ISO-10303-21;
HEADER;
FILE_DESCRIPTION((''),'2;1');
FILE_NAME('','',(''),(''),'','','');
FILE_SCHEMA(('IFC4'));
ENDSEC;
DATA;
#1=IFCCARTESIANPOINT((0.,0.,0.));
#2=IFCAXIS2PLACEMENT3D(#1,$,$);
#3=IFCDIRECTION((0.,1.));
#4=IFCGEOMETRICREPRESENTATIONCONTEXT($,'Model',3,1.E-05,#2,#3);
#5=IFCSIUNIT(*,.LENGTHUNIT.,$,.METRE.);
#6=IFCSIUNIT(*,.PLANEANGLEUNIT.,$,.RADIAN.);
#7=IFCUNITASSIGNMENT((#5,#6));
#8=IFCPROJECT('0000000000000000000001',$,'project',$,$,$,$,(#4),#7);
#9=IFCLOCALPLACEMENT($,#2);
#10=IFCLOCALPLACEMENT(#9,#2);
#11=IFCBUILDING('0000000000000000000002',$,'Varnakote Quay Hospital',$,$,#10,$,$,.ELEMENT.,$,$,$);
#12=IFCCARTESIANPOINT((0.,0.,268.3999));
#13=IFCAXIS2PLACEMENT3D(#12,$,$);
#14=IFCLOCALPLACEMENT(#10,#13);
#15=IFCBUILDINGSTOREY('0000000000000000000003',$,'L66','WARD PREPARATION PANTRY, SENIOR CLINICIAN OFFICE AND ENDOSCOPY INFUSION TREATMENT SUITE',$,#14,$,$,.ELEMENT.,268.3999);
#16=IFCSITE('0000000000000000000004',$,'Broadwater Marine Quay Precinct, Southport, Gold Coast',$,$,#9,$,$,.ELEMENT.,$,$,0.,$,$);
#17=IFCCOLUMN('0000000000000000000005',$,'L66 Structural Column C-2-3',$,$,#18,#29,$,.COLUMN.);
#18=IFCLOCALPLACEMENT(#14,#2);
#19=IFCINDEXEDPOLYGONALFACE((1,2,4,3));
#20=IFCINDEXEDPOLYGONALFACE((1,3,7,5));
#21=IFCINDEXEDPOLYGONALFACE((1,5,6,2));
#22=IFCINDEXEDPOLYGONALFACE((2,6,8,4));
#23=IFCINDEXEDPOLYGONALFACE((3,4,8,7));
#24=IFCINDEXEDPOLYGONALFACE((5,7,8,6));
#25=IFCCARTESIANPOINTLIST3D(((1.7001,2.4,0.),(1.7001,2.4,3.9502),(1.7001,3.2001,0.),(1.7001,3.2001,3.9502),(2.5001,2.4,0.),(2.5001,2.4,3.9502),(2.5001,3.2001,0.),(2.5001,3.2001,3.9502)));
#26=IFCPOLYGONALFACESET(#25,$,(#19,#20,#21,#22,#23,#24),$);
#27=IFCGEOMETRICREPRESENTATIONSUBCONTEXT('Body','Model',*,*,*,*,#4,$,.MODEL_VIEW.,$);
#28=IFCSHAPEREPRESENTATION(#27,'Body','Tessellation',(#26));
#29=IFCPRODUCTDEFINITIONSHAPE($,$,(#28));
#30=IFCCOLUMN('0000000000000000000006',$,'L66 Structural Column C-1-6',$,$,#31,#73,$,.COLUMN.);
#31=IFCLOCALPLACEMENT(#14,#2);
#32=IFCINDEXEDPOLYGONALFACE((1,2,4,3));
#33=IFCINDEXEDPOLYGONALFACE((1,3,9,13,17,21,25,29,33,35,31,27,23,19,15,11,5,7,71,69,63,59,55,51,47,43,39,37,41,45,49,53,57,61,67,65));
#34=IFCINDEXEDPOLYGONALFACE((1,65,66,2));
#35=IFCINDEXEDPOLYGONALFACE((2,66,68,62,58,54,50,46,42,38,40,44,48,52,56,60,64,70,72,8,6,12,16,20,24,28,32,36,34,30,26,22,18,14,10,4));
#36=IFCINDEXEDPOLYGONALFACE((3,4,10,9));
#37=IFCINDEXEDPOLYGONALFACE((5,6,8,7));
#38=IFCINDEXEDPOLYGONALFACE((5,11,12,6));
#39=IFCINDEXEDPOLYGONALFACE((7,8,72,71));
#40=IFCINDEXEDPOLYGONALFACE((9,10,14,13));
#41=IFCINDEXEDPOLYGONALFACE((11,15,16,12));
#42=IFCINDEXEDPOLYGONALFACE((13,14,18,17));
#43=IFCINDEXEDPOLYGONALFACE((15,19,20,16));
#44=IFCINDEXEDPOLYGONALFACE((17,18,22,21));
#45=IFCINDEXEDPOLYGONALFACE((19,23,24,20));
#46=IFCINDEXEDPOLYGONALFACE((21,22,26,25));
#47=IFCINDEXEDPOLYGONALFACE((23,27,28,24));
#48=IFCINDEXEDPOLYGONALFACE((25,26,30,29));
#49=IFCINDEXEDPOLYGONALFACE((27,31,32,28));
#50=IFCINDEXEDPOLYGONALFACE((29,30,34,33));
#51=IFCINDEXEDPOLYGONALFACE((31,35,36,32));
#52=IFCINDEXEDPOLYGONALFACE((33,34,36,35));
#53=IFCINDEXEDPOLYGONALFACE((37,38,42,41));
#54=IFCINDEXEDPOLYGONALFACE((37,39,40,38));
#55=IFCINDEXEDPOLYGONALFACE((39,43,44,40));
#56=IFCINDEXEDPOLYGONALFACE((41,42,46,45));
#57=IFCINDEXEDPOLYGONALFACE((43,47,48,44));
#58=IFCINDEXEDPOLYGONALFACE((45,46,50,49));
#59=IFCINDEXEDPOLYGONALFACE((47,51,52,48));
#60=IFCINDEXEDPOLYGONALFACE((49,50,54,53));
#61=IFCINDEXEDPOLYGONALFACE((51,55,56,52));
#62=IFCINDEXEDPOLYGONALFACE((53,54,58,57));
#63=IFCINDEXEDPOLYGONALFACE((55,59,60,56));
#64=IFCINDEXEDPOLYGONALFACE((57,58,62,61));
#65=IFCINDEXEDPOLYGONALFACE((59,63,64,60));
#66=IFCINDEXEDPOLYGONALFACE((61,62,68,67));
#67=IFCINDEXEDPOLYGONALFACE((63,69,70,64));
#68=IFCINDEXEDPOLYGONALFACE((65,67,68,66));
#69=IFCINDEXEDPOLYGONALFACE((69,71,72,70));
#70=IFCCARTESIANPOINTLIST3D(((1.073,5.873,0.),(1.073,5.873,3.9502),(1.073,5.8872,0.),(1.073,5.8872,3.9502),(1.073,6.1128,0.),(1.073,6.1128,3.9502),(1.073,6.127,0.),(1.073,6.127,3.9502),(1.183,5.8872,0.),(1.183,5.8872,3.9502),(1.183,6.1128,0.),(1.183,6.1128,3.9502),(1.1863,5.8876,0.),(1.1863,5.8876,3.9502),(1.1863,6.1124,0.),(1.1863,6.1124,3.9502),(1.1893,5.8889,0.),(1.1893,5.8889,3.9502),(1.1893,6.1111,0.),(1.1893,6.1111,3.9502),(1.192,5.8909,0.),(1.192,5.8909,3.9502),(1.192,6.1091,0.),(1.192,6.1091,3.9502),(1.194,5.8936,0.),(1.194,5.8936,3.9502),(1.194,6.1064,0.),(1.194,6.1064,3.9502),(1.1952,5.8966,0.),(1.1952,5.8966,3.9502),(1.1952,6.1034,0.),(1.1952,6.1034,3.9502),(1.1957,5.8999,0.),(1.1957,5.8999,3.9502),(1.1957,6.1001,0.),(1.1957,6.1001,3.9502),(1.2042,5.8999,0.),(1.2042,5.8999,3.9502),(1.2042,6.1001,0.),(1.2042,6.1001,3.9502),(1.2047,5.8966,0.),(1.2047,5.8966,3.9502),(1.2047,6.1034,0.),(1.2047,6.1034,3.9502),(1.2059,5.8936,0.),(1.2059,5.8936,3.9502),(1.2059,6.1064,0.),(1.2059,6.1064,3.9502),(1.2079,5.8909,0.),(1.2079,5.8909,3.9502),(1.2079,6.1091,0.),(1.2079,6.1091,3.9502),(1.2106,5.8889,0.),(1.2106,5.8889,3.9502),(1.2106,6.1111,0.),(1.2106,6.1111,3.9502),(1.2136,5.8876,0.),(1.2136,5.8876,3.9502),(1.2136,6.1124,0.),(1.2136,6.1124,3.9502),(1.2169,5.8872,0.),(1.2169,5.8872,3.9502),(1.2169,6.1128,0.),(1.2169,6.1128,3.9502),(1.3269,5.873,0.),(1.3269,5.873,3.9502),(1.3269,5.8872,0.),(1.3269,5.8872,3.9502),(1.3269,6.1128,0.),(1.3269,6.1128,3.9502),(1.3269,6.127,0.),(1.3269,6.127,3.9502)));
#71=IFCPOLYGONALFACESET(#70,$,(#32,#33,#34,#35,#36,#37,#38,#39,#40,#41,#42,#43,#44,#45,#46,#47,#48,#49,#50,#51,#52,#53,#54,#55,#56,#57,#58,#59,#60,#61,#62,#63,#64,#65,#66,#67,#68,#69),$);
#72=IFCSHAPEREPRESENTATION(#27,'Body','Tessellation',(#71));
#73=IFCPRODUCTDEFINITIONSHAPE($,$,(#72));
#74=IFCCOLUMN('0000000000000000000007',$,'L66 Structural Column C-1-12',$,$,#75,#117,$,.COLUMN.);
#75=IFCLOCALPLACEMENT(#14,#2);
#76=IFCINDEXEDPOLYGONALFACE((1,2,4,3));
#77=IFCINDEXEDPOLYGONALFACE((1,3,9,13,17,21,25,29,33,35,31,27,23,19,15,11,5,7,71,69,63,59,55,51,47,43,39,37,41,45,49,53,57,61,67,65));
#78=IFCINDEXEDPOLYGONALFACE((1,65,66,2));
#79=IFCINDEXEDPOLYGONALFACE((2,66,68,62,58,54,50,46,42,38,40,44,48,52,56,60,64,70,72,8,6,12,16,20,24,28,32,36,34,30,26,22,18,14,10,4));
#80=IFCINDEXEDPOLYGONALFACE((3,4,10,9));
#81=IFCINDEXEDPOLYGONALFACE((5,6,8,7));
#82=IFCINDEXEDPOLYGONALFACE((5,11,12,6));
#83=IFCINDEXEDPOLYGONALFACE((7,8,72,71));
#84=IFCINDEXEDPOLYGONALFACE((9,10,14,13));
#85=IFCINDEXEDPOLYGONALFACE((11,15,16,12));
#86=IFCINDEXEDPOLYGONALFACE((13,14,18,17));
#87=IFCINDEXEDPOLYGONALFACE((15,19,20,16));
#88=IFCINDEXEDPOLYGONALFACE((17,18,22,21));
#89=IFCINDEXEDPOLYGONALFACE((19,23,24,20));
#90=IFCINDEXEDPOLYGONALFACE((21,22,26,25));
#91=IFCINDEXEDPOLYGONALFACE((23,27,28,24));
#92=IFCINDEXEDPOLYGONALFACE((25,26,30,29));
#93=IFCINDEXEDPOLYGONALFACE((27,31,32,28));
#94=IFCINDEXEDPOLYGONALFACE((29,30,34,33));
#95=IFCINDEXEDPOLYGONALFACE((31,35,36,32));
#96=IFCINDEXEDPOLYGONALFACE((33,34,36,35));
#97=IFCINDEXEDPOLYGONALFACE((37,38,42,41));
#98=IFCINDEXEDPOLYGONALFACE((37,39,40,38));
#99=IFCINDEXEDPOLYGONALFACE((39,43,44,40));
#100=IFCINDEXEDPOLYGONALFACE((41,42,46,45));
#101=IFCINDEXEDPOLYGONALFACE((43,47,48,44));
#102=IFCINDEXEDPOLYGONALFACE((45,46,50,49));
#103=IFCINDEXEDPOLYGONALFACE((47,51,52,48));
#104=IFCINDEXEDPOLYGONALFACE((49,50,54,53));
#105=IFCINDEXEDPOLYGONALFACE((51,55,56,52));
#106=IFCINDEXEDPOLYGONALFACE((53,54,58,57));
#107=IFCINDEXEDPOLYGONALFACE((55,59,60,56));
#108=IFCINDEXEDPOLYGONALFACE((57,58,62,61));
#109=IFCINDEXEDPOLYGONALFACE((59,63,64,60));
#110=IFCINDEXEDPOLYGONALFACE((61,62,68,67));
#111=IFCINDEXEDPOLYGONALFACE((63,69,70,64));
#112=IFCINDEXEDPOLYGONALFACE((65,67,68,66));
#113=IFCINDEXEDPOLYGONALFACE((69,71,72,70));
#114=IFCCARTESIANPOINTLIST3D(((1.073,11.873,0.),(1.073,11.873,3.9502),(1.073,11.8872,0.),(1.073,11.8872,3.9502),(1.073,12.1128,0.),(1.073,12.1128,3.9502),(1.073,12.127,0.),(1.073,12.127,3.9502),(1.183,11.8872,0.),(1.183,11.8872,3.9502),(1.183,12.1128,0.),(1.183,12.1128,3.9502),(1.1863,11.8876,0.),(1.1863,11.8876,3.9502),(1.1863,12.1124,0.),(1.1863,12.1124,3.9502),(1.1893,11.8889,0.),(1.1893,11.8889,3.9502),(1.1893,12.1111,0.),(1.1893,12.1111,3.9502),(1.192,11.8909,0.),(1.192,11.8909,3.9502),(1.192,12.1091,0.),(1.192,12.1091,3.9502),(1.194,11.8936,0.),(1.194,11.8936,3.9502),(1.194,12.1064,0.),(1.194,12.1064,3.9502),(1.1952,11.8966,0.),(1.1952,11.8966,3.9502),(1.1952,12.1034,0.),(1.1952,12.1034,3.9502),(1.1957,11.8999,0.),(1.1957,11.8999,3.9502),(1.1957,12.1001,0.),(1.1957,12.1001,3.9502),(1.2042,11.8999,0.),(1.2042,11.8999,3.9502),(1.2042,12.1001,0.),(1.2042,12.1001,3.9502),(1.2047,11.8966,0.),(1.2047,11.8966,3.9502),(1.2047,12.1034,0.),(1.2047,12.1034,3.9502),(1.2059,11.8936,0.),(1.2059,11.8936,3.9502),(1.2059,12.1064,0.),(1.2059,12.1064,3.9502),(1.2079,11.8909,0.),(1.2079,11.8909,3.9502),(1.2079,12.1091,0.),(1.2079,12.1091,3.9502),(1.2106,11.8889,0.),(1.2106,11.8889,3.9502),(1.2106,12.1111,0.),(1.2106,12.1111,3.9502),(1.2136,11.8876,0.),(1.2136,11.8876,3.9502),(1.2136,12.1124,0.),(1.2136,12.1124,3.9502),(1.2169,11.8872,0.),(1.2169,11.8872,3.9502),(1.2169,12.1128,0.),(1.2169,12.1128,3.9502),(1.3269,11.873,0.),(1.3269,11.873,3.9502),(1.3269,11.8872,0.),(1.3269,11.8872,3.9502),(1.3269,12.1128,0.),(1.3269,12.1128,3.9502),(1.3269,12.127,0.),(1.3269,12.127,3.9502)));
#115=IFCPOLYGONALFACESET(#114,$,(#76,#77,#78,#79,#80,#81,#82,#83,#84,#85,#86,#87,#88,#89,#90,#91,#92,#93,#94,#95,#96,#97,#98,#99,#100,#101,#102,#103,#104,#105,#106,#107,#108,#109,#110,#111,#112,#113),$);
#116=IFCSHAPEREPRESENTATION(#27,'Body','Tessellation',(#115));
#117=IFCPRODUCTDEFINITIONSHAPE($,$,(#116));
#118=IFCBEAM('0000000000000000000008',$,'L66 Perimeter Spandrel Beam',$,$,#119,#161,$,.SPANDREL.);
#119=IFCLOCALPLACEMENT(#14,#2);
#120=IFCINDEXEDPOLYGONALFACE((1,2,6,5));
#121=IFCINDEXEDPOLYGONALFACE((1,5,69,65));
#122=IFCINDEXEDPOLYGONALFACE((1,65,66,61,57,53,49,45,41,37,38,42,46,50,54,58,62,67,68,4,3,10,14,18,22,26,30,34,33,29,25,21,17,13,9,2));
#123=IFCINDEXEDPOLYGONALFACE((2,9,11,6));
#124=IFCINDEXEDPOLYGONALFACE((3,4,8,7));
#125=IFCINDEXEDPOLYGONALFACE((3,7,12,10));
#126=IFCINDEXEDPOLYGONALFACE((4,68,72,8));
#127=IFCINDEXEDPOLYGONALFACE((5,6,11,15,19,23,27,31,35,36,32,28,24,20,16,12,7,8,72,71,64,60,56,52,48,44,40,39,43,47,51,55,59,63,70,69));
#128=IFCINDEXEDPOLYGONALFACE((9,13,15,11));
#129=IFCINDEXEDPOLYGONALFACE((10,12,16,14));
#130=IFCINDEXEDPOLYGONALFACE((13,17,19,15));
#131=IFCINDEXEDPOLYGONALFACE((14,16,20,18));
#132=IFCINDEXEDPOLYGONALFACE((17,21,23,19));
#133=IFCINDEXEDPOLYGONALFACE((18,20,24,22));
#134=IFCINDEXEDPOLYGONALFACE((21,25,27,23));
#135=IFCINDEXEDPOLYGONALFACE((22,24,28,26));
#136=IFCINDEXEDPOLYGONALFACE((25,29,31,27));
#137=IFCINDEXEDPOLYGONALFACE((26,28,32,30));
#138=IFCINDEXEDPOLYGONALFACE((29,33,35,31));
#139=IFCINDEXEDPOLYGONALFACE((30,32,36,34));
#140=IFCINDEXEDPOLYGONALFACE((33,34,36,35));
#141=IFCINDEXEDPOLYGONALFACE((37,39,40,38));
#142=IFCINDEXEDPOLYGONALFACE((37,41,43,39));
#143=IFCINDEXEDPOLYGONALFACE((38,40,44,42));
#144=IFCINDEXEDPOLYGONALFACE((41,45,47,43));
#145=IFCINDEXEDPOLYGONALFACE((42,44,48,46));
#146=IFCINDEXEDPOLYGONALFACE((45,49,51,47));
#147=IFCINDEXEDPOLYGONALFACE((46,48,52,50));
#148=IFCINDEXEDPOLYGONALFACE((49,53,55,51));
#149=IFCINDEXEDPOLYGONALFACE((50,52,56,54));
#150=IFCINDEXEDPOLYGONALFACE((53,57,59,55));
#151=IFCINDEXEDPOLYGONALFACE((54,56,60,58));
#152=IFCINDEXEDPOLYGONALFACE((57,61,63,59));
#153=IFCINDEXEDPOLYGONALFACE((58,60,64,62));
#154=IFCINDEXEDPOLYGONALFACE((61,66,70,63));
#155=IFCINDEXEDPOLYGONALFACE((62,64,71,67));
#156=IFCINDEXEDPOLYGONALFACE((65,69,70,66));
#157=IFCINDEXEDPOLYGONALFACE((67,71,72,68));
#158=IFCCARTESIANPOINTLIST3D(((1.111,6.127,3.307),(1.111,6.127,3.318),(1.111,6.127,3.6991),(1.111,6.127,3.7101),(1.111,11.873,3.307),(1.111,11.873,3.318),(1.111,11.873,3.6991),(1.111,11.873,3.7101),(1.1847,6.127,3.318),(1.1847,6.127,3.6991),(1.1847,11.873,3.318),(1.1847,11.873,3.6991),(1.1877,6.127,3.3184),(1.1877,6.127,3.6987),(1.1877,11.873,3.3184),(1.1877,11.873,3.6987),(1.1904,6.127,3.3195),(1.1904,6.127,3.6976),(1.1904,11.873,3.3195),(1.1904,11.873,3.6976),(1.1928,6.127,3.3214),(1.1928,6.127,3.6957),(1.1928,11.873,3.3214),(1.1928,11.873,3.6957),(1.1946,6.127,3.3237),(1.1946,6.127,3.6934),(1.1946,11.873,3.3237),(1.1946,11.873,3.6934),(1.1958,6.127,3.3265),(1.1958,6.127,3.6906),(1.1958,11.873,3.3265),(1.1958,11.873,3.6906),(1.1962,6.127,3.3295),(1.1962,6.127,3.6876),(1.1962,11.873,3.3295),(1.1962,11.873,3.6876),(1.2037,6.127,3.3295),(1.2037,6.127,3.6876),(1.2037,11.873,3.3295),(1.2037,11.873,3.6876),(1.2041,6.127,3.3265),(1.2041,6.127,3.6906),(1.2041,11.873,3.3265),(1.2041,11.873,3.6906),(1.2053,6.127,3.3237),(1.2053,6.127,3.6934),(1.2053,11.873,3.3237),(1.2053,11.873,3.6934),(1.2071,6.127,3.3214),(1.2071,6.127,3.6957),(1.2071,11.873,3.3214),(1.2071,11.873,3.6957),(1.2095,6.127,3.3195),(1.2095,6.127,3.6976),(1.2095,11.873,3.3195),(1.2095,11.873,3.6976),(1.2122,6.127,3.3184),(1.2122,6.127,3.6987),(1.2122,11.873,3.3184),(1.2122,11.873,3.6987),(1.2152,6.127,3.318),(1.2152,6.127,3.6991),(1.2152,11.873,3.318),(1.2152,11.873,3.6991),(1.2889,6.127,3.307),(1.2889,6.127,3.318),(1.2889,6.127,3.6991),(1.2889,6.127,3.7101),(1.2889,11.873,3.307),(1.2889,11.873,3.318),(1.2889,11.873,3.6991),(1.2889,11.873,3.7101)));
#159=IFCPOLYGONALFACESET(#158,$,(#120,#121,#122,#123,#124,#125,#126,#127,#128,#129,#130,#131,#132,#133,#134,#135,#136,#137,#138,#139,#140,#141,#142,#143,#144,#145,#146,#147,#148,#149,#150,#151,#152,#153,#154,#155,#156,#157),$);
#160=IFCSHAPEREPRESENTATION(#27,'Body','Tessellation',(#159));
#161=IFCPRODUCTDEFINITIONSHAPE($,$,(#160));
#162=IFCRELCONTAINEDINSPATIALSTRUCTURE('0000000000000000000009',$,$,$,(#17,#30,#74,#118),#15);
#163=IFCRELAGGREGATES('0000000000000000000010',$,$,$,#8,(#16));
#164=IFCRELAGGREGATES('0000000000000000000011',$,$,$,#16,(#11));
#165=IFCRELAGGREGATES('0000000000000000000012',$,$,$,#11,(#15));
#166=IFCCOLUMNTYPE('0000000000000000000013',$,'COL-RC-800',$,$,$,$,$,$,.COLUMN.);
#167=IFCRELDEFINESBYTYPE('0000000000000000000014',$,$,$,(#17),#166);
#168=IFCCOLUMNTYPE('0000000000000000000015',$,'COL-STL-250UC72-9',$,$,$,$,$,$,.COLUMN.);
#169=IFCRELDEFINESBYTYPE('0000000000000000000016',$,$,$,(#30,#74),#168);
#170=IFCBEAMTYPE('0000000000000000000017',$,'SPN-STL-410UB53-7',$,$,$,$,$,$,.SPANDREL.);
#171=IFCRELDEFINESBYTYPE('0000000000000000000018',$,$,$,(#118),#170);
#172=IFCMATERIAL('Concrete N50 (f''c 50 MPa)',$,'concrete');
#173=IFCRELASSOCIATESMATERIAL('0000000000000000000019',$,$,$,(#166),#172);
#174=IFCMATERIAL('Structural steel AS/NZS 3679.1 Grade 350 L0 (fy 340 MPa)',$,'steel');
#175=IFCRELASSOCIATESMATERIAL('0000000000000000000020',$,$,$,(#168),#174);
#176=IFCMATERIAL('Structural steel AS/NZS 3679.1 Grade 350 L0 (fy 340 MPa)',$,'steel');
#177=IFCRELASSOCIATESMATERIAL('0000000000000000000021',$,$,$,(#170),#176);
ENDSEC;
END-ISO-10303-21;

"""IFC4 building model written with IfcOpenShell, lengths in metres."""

from ifc_helpers import new_model, si_unit, direction, frame, origin, origin_2d, place, context, subcontext, project, spatial, rectangle, i_section, extrude, material, material_profile, profile_set, type_object, element, save


model = new_model("IFC4")

# Units and contexts
model_context = context("Model", 3, precision=1e-05, world=origin(), true_north=direction((0.0, 1.0)))
body_context = subcontext(model_context, "Body", "Model", "MODEL_VIEW")
ifc_project = project(units=[si_unit("LENGTHUNIT", "METRE"), si_unit("PLANEANGLEUNIT", "RADIAN")], contexts=[model_context])

# Site, building, storey
site_placement = place(None, origin())
site = spatial("IfcSite", under=ifc_project, at=site_placement, Name="Broadwater Marine Quay Precinct, Southport, Gold Coast", CompositionType="ELEMENT", RefElevation=0.0)
building_placement = place(site_placement, origin())
building = spatial("IfcBuilding", under=site, at=building_placement, Name="Varnakote Quay Hospital", CompositionType="ELEMENT")
storey_placement = place(building_placement, frame((0.0, 0.0, 268.3999)))
storey = spatial("IfcBuildingStorey", under=building, at=storey_placement, Name="L66", Description="WARD PREPARATION PANTRY, SENIOR CLINICIAN OFFICE AND ENDOSCOPY INFUSION TREATMENT SUITE", CompositionType="ELEMENT", Elevation=268.3999)

# Columns
ifc_material_1 = material(Name="Concrete N50 (f'c 50 MPa)", Category="concrete")
ifc_material_profile_1 = material_profile(ifc_material_1, rectangle(XDim=0.8, YDim=0.8, at=origin_2d()), Name="RC-COL-800x800")
ifc_profile_set_1 = profile_set([ifc_material_profile_1], Name="Concrete N50 (f'c 50 MPa)")
column_type_1 = type_object("IfcColumnType", Name="COL-RC-800", PredefinedType="COLUMN", material=ifc_profile_set_1)
column_placement = place(storey_placement, frame((2.1001, 2.8, 0.0), z_axis=(0.0, 0.0, 1.0), x_axis=(1.0, 0.0, 0.0)))
element("IfcColumn", 1, at=column_placement, inside=storey, type_object=column_type_1, Name="L66 Structural Column C-2-3", PredefinedType="COLUMN", context=body_context, shape_type="SweptSolid", body=[
    extrude(rectangle(XDim=0.8, YDim=0.8, at=origin_2d()), origin(), (0.0, 0.0, 1.0), 3.9502),
])
ifc_material_2 = material(Name="Structural steel AS/NZS 3679.1 Grade 350 L0 (fy 340 MPa)", Category="steel")
ifc_material_profile_2 = material_profile(ifc_material_2, i_section(OverallWidth=0.2539, OverallDepth=0.2539, WebThickness=0.0085, FlangeThickness=0.0142, FilletRadius=0.0127, at=origin_2d()), Name="250UC72.9")
ifc_profile_set_2 = profile_set([ifc_material_profile_2], Name="Structural steel AS/NZS 3679.1 Grade 350 L0 (fy 340 MPa)")
column_type_2 = type_object("IfcColumnType", Name="COL-STL-250UC72-9", PredefinedType="COLUMN", material=ifc_profile_set_2)
for number, where, z_axis, x_axis, name in (
    (2, (1.2, 6.0, 0.0), (0.0, 0.0, 1.0), (1.0, 0.0, 0.0), "L66 Structural Column C-1-6"),
    (3, (1.2, 12.0, 0.0), (0.0, 0.0, 1.0), (1.0, 0.0, 0.0), "L66 Structural Column C-1-12"),
):
    element("IfcColumn", number, at=place(storey_placement, frame(where, z_axis=z_axis, x_axis=x_axis)), inside=storey, type_object=column_type_2, Name=name, PredefinedType="COLUMN", context=body_context, shape_type="SweptSolid", body=[
        extrude(i_section(OverallWidth=0.2539, OverallDepth=0.2539, WebThickness=0.0085, FlangeThickness=0.0142, FilletRadius=0.0127, at=origin_2d()), origin(), (0.0, 0.0, 1.0), 3.9502),
    ])

# Beam
ifc_material_3 = material(Name="Structural steel AS/NZS 3679.1 Grade 350 L0 (fy 340 MPa)", Category="steel")
ifc_material_profile_3 = material_profile(ifc_material_3, i_section(OverallWidth=0.178, OverallDepth=0.4031, WebThickness=0.0076, FlangeThickness=0.011, FilletRadius=0.0115, at=origin_2d()), Name="410UB53.7")
ifc_profile_set_3 = profile_set([ifc_material_profile_3], Name="Structural steel AS/NZS 3679.1 Grade 350 L0 (fy 340 MPa)")
beam_type_1 = type_object("IfcBeamType", Name="SPN-STL-410UB53-7", PredefinedType="SPANDREL", material=ifc_profile_set_3)
beam_1_placement = place(storey_placement, frame((1.2, 6.127, 3.5085), z_axis=(0.0, 1.0, 0.0), x_axis=(-1.0, 0.0, 0.0)))
element("IfcBeam", 4, at=beam_1_placement, inside=storey, type_object=beam_type_1, Name="L66 Perimeter Spandrel Beam", PredefinedType="SPANDREL", context=body_context, shape_type="SweptSolid", body=[
    extrude(i_section(OverallWidth=0.178, OverallDepth=0.4031, WebThickness=0.0076, FlangeThickness=0.011, FilletRadius=0.0115, at=origin_2d()), origin(), (0.0, 0.0, 1.0), 5.7461),
])

save(model, "model.ifc")
